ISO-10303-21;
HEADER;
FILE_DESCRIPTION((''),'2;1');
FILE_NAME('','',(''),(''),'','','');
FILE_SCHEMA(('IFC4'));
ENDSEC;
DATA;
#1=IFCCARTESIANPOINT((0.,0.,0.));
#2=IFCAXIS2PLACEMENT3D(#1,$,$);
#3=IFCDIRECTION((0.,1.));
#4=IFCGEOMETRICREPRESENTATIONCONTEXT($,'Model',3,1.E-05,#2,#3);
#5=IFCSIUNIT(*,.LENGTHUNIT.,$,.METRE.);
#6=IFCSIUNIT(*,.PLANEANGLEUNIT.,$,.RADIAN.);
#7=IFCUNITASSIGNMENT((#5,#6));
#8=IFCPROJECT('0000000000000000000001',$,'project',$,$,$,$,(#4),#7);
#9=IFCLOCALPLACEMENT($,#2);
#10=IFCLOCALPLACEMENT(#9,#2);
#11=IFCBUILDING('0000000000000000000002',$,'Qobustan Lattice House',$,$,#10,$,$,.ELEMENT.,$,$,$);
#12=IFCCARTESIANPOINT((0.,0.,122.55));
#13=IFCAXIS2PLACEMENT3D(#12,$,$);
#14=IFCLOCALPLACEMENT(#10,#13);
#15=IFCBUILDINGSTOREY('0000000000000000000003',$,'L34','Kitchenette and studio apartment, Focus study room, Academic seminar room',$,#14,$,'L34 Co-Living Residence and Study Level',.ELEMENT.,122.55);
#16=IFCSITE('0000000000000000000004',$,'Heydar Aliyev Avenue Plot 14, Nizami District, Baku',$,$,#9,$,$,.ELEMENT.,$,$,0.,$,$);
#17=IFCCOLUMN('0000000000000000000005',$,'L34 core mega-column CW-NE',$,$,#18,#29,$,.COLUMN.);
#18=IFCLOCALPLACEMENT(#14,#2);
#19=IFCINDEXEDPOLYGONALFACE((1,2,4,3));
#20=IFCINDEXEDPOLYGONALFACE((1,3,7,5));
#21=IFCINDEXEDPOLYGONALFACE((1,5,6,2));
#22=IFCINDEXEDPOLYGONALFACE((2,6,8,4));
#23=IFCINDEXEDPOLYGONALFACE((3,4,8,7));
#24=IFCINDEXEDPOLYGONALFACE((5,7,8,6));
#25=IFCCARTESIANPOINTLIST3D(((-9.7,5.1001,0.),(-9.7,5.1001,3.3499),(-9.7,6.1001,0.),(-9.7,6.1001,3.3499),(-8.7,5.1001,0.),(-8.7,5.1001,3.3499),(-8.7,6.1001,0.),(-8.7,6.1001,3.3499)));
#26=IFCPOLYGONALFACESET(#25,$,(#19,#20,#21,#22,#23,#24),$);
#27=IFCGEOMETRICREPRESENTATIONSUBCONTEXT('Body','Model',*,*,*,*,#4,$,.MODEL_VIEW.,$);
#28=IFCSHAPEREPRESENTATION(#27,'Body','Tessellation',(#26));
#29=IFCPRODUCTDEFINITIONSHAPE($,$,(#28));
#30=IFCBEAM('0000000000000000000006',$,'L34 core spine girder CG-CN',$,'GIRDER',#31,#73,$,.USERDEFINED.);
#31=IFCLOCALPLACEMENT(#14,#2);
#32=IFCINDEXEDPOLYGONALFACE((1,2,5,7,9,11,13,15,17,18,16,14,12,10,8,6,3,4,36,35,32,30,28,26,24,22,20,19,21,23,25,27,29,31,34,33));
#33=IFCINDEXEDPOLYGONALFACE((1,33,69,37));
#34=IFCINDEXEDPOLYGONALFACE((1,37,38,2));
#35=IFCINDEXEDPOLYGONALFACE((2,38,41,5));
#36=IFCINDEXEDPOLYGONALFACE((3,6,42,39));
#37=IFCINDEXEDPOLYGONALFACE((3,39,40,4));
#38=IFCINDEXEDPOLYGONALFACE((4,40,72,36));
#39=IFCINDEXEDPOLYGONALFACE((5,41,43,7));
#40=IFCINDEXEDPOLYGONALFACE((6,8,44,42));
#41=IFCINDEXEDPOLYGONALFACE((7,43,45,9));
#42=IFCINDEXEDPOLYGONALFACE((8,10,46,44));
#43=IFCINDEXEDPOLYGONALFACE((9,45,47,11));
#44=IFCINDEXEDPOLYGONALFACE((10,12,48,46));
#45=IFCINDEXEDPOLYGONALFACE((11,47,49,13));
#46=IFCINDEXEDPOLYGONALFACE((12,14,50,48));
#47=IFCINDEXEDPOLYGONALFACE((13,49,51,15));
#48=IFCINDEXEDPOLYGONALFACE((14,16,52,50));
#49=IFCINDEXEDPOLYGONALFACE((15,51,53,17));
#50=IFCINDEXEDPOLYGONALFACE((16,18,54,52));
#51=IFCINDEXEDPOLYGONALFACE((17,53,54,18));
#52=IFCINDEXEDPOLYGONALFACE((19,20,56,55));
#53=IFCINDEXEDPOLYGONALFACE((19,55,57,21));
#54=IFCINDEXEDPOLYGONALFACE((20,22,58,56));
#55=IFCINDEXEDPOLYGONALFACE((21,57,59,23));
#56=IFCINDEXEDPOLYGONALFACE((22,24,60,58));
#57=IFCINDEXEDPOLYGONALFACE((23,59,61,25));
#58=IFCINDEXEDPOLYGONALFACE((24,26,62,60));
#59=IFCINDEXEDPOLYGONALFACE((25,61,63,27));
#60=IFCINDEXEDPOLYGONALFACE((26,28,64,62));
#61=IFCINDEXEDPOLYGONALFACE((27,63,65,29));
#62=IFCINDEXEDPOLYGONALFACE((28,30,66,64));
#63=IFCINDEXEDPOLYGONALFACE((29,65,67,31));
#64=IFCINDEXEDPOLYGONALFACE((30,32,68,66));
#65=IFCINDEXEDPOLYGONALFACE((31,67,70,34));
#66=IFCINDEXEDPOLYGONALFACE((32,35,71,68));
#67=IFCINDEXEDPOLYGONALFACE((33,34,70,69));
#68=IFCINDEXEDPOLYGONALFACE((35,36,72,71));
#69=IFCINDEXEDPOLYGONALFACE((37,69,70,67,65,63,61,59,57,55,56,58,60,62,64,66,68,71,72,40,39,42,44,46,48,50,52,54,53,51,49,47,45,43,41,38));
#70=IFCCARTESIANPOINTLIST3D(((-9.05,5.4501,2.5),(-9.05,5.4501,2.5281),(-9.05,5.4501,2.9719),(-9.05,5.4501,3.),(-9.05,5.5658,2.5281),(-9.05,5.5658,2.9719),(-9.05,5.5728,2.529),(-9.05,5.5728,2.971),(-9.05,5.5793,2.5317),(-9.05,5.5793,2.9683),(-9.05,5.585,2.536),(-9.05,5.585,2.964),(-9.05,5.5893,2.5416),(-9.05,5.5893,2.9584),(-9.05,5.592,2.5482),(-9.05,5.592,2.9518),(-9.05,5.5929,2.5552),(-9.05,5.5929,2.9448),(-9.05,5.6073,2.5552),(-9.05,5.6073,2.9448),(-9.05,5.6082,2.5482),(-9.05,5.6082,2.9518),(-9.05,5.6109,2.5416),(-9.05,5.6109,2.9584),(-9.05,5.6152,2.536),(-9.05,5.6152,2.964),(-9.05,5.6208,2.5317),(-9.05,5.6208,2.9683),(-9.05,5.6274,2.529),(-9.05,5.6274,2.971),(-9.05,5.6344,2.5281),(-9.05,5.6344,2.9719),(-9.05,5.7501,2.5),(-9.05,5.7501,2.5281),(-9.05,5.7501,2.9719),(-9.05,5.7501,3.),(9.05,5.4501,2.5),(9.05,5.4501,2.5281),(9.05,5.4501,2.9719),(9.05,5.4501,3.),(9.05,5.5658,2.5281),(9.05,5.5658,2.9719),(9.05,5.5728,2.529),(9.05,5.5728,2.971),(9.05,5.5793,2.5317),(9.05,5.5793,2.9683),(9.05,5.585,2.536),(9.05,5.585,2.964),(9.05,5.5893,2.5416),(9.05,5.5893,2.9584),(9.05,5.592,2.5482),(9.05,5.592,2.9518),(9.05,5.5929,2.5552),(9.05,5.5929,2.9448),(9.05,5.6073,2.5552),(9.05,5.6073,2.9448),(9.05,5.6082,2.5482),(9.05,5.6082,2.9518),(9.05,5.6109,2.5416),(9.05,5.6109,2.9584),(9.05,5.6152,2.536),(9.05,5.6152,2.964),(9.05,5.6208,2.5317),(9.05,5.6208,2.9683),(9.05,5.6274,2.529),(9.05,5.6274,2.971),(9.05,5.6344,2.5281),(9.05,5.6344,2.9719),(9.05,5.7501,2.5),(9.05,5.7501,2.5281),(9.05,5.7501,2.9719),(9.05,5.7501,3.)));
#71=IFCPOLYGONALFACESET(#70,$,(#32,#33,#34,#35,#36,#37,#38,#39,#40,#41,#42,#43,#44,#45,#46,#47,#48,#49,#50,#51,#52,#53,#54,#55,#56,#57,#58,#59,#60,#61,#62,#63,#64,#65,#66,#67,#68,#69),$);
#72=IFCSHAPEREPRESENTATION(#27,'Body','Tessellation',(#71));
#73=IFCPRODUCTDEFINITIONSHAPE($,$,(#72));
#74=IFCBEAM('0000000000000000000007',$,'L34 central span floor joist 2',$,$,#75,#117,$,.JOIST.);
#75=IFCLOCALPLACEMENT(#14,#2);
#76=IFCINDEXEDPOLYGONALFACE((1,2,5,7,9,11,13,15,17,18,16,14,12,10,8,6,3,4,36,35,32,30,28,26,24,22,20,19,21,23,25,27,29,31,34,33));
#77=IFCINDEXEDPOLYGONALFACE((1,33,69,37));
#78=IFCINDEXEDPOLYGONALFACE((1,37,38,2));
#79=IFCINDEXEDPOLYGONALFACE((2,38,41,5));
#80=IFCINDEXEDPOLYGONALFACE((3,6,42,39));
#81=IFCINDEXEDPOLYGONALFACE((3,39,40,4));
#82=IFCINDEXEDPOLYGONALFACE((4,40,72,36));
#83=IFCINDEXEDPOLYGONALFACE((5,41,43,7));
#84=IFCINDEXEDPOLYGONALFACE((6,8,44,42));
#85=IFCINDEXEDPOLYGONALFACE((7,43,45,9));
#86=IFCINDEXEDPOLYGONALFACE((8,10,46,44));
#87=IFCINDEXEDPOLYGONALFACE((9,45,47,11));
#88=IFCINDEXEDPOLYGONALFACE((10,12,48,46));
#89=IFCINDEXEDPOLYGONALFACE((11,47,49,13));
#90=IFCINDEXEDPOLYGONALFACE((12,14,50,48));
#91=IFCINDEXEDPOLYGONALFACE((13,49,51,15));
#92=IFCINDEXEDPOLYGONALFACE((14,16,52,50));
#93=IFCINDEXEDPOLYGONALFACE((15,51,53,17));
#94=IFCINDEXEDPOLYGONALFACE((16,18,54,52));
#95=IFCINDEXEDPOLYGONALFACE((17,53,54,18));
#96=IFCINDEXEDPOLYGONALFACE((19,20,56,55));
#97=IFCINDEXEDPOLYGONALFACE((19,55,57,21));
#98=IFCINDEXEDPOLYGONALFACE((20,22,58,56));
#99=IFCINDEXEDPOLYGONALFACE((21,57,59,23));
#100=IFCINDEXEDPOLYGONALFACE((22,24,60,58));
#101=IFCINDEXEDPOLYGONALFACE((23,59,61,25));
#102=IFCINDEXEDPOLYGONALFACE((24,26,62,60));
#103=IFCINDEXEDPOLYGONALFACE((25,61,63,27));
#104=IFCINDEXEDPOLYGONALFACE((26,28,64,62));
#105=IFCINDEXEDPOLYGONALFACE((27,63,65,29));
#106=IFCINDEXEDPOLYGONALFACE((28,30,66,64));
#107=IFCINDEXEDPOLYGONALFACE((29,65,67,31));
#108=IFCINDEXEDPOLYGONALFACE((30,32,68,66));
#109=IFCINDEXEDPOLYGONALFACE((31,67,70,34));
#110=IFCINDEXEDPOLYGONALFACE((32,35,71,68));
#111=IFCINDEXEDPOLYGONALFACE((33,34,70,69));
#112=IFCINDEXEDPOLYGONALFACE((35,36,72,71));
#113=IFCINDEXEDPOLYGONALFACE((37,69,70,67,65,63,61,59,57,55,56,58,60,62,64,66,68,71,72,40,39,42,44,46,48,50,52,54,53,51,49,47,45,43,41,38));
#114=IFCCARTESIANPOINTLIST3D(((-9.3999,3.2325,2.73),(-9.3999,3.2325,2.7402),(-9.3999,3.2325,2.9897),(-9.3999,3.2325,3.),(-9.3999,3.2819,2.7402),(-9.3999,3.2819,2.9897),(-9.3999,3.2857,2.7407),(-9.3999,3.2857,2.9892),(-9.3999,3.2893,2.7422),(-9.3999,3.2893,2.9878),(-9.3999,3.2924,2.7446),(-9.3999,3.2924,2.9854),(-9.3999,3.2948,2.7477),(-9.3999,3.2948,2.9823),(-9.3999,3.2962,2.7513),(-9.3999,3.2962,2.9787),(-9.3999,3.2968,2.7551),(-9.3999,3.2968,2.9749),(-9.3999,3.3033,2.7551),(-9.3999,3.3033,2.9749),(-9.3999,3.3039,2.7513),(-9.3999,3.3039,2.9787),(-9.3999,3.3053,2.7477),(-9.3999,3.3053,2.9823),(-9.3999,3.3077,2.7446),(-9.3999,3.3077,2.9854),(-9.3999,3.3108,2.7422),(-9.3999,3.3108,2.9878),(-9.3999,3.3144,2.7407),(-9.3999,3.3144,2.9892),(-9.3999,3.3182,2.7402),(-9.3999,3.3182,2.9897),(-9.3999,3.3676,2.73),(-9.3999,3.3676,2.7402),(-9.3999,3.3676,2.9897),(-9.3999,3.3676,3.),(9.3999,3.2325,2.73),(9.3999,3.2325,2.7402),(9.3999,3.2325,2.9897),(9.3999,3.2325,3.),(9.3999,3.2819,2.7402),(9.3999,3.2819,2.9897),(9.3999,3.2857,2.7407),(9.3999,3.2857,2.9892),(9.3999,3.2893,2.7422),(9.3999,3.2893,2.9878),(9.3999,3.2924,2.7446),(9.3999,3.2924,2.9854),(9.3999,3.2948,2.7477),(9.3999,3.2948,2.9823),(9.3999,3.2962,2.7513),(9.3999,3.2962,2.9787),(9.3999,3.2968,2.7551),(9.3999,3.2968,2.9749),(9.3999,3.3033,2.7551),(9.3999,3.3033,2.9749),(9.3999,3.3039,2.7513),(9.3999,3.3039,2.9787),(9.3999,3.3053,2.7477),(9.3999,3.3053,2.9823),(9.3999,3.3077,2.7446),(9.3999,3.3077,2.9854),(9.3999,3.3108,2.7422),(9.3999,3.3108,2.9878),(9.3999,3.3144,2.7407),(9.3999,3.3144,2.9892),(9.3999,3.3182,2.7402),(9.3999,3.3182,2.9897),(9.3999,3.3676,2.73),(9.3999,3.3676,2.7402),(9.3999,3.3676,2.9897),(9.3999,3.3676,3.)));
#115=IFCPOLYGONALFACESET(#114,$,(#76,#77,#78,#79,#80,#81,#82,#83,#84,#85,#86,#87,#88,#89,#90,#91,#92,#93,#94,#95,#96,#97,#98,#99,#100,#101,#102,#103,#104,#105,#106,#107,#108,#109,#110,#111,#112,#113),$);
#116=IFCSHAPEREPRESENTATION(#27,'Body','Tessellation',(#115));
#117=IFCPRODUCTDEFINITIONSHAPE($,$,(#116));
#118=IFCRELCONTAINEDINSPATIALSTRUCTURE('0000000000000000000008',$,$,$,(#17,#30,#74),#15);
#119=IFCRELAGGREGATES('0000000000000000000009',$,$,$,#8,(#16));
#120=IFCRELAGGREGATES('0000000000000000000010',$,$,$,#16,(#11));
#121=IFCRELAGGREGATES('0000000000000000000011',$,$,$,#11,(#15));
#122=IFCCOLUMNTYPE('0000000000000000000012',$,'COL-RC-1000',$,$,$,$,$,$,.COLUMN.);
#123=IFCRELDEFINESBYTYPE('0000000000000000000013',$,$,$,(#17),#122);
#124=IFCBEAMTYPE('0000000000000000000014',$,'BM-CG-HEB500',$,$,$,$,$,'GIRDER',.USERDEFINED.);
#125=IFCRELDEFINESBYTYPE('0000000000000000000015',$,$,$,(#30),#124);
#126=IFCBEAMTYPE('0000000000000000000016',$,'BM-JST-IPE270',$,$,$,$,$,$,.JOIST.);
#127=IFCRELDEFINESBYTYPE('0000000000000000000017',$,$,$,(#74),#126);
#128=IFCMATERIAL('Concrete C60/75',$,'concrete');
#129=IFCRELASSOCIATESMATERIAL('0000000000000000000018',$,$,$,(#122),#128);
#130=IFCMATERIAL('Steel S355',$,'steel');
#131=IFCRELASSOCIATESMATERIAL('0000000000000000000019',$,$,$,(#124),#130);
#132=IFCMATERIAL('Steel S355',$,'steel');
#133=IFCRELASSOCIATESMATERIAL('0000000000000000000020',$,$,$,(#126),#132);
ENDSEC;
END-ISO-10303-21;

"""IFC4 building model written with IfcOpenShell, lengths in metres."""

from ifc_helpers import new_model, si_unit, direction, frame, origin, origin_2d, place, context, subcontext, project, spatial, rectangle, i_section, extrude, material, material_profile, profile_set, type_object, element, save


model = new_model("IFC4")

# Units and contexts
model_context = context("Model", 3, precision=1e-05, world=origin(), true_north=direction((0.0, 1.0)))
body_context = subcontext(model_context, "Body", "Model", "MODEL_VIEW")
ifc_project = project(units=[si_unit("LENGTHUNIT", "METRE"), si_unit("PLANEANGLEUNIT", "RADIAN")], contexts=[model_context])

# Site, building, storey
site_placement = place(None, origin())
site = spatial("IfcSite", under=ifc_project, at=site_placement, Name="Heydar Aliyev Avenue Plot 14, Nizami District, Baku", CompositionType="ELEMENT", RefElevation=0.0)
building_placement = place(site_placement, origin())
building = spatial("IfcBuilding", under=site, at=building_placement, Name="Qobustan Lattice House", CompositionType="ELEMENT")
storey_placement = place(building_placement, frame((0.0, 0.0, 122.55)))
storey = spatial("IfcBuildingStorey", under=building, at=storey_placement, Name="L34", Description="Kitchenette and studio apartment, Focus study room, Academic seminar room", LongName="L34 Co-Living Residence and Study Level", CompositionType="ELEMENT", Elevation=122.55)

# Column
ifc_material_1 = material(Name="Concrete C60/75", Category="concrete")
ifc_material_profile_1 = material_profile(ifc_material_1, rectangle(XDim=1.0, YDim=1.0, at=origin_2d()), Name="RC1000x1000")
ifc_profile_set_1 = profile_set([ifc_material_profile_1], Name="Concrete C60/75")
column_type = type_object("IfcColumnType", Name="COL-RC-1000", PredefinedType="COLUMN", material=ifc_profile_set_1)
column_placement = place(storey_placement, frame((-9.2, 5.6001, 0.0), z_axis=(0.0, 0.0, 1.0), x_axis=(1.0, 0.0, 0.0)))
element("IfcColumn", 1, at=column_placement, inside=storey, type_object=column_type, Name="L34 core mega-column CW-NE", PredefinedType="COLUMN", context=body_context, shape_type="SweptSolid", body=[
    extrude(rectangle(XDim=1.0, YDim=1.0, at=origin_2d()), origin(), (0.0, 0.0, 1.0), 3.3499),
])

# Beams
ifc_material_2 = material(Name="Steel S355", Category="steel")
ifc_material_profile_2 = material_profile(ifc_material_2, i_section(OverallWidth=0.3, OverallDepth=0.5, WebThickness=0.0144, FlangeThickness=0.0281, FilletRadius=0.0271, at=origin_2d()), Name="HEB500")
ifc_profile_set_2 = profile_set([ifc_material_profile_2], Name="Steel S355")
beam_type_1 = type_object("IfcBeamType", Name="BM-CG-HEB500", ElementType="GIRDER", PredefinedType="USERDEFINED", material=ifc_profile_set_2)
beam_1_placement = place(storey_placement, frame((-9.05, 5.6001, 2.75), z_axis=(1.0, 0.0, 0.0), x_axis=(0.0, 1.0, 0.0)))
element("IfcBeam", 2, at=beam_1_placement, inside=storey, type_object=beam_type_1, Name="L34 core spine girder CG-CN", ObjectType="GIRDER", PredefinedType="USERDEFINED", context=body_context, shape_type="SweptSolid", body=[
    extrude(i_section(OverallWidth=0.3, OverallDepth=0.5, WebThickness=0.0144, FlangeThickness=0.0281, FilletRadius=0.0271, at=origin_2d()), origin(), (0.0, 0.0, 1.0), 18.1001),
])
ifc_material_3 = material(Name="Steel S355", Category="steel")
ifc_material_profile_3 = material_profile(ifc_material_3, i_section(OverallWidth=0.135, OverallDepth=0.27, WebThickness=0.0066, FlangeThickness=0.0103, FilletRadius=0.0149, at=origin_2d()), Name="IPE270")
ifc_profile_set_3 = profile_set([ifc_material_profile_3], Name="Steel S355")
beam_type_2 = type_object("IfcBeamType", Name="BM-JST-IPE270", PredefinedType="JOIST", material=ifc_profile_set_3)
beam_2_placement = place(storey_placement, frame((-9.3999, 3.3, 2.865), z_axis=(1.0, 0.0, 0.0), x_axis=(0.0, 1.0, 0.0)))
element("IfcBeam", 3, at=beam_2_placement, inside=storey, type_object=beam_type_2, Name="L34 central span floor joist 2", PredefinedType="JOIST", context=body_context, shape_type="SweptSolid", body=[
    extrude(i_section(OverallWidth=0.135, OverallDepth=0.27, WebThickness=0.0066, FlangeThickness=0.0103, FilletRadius=0.0149, at=origin_2d()), origin(), (0.0, 0.0, 1.0), 18.7998),
])

save(model, "model.ifc")
